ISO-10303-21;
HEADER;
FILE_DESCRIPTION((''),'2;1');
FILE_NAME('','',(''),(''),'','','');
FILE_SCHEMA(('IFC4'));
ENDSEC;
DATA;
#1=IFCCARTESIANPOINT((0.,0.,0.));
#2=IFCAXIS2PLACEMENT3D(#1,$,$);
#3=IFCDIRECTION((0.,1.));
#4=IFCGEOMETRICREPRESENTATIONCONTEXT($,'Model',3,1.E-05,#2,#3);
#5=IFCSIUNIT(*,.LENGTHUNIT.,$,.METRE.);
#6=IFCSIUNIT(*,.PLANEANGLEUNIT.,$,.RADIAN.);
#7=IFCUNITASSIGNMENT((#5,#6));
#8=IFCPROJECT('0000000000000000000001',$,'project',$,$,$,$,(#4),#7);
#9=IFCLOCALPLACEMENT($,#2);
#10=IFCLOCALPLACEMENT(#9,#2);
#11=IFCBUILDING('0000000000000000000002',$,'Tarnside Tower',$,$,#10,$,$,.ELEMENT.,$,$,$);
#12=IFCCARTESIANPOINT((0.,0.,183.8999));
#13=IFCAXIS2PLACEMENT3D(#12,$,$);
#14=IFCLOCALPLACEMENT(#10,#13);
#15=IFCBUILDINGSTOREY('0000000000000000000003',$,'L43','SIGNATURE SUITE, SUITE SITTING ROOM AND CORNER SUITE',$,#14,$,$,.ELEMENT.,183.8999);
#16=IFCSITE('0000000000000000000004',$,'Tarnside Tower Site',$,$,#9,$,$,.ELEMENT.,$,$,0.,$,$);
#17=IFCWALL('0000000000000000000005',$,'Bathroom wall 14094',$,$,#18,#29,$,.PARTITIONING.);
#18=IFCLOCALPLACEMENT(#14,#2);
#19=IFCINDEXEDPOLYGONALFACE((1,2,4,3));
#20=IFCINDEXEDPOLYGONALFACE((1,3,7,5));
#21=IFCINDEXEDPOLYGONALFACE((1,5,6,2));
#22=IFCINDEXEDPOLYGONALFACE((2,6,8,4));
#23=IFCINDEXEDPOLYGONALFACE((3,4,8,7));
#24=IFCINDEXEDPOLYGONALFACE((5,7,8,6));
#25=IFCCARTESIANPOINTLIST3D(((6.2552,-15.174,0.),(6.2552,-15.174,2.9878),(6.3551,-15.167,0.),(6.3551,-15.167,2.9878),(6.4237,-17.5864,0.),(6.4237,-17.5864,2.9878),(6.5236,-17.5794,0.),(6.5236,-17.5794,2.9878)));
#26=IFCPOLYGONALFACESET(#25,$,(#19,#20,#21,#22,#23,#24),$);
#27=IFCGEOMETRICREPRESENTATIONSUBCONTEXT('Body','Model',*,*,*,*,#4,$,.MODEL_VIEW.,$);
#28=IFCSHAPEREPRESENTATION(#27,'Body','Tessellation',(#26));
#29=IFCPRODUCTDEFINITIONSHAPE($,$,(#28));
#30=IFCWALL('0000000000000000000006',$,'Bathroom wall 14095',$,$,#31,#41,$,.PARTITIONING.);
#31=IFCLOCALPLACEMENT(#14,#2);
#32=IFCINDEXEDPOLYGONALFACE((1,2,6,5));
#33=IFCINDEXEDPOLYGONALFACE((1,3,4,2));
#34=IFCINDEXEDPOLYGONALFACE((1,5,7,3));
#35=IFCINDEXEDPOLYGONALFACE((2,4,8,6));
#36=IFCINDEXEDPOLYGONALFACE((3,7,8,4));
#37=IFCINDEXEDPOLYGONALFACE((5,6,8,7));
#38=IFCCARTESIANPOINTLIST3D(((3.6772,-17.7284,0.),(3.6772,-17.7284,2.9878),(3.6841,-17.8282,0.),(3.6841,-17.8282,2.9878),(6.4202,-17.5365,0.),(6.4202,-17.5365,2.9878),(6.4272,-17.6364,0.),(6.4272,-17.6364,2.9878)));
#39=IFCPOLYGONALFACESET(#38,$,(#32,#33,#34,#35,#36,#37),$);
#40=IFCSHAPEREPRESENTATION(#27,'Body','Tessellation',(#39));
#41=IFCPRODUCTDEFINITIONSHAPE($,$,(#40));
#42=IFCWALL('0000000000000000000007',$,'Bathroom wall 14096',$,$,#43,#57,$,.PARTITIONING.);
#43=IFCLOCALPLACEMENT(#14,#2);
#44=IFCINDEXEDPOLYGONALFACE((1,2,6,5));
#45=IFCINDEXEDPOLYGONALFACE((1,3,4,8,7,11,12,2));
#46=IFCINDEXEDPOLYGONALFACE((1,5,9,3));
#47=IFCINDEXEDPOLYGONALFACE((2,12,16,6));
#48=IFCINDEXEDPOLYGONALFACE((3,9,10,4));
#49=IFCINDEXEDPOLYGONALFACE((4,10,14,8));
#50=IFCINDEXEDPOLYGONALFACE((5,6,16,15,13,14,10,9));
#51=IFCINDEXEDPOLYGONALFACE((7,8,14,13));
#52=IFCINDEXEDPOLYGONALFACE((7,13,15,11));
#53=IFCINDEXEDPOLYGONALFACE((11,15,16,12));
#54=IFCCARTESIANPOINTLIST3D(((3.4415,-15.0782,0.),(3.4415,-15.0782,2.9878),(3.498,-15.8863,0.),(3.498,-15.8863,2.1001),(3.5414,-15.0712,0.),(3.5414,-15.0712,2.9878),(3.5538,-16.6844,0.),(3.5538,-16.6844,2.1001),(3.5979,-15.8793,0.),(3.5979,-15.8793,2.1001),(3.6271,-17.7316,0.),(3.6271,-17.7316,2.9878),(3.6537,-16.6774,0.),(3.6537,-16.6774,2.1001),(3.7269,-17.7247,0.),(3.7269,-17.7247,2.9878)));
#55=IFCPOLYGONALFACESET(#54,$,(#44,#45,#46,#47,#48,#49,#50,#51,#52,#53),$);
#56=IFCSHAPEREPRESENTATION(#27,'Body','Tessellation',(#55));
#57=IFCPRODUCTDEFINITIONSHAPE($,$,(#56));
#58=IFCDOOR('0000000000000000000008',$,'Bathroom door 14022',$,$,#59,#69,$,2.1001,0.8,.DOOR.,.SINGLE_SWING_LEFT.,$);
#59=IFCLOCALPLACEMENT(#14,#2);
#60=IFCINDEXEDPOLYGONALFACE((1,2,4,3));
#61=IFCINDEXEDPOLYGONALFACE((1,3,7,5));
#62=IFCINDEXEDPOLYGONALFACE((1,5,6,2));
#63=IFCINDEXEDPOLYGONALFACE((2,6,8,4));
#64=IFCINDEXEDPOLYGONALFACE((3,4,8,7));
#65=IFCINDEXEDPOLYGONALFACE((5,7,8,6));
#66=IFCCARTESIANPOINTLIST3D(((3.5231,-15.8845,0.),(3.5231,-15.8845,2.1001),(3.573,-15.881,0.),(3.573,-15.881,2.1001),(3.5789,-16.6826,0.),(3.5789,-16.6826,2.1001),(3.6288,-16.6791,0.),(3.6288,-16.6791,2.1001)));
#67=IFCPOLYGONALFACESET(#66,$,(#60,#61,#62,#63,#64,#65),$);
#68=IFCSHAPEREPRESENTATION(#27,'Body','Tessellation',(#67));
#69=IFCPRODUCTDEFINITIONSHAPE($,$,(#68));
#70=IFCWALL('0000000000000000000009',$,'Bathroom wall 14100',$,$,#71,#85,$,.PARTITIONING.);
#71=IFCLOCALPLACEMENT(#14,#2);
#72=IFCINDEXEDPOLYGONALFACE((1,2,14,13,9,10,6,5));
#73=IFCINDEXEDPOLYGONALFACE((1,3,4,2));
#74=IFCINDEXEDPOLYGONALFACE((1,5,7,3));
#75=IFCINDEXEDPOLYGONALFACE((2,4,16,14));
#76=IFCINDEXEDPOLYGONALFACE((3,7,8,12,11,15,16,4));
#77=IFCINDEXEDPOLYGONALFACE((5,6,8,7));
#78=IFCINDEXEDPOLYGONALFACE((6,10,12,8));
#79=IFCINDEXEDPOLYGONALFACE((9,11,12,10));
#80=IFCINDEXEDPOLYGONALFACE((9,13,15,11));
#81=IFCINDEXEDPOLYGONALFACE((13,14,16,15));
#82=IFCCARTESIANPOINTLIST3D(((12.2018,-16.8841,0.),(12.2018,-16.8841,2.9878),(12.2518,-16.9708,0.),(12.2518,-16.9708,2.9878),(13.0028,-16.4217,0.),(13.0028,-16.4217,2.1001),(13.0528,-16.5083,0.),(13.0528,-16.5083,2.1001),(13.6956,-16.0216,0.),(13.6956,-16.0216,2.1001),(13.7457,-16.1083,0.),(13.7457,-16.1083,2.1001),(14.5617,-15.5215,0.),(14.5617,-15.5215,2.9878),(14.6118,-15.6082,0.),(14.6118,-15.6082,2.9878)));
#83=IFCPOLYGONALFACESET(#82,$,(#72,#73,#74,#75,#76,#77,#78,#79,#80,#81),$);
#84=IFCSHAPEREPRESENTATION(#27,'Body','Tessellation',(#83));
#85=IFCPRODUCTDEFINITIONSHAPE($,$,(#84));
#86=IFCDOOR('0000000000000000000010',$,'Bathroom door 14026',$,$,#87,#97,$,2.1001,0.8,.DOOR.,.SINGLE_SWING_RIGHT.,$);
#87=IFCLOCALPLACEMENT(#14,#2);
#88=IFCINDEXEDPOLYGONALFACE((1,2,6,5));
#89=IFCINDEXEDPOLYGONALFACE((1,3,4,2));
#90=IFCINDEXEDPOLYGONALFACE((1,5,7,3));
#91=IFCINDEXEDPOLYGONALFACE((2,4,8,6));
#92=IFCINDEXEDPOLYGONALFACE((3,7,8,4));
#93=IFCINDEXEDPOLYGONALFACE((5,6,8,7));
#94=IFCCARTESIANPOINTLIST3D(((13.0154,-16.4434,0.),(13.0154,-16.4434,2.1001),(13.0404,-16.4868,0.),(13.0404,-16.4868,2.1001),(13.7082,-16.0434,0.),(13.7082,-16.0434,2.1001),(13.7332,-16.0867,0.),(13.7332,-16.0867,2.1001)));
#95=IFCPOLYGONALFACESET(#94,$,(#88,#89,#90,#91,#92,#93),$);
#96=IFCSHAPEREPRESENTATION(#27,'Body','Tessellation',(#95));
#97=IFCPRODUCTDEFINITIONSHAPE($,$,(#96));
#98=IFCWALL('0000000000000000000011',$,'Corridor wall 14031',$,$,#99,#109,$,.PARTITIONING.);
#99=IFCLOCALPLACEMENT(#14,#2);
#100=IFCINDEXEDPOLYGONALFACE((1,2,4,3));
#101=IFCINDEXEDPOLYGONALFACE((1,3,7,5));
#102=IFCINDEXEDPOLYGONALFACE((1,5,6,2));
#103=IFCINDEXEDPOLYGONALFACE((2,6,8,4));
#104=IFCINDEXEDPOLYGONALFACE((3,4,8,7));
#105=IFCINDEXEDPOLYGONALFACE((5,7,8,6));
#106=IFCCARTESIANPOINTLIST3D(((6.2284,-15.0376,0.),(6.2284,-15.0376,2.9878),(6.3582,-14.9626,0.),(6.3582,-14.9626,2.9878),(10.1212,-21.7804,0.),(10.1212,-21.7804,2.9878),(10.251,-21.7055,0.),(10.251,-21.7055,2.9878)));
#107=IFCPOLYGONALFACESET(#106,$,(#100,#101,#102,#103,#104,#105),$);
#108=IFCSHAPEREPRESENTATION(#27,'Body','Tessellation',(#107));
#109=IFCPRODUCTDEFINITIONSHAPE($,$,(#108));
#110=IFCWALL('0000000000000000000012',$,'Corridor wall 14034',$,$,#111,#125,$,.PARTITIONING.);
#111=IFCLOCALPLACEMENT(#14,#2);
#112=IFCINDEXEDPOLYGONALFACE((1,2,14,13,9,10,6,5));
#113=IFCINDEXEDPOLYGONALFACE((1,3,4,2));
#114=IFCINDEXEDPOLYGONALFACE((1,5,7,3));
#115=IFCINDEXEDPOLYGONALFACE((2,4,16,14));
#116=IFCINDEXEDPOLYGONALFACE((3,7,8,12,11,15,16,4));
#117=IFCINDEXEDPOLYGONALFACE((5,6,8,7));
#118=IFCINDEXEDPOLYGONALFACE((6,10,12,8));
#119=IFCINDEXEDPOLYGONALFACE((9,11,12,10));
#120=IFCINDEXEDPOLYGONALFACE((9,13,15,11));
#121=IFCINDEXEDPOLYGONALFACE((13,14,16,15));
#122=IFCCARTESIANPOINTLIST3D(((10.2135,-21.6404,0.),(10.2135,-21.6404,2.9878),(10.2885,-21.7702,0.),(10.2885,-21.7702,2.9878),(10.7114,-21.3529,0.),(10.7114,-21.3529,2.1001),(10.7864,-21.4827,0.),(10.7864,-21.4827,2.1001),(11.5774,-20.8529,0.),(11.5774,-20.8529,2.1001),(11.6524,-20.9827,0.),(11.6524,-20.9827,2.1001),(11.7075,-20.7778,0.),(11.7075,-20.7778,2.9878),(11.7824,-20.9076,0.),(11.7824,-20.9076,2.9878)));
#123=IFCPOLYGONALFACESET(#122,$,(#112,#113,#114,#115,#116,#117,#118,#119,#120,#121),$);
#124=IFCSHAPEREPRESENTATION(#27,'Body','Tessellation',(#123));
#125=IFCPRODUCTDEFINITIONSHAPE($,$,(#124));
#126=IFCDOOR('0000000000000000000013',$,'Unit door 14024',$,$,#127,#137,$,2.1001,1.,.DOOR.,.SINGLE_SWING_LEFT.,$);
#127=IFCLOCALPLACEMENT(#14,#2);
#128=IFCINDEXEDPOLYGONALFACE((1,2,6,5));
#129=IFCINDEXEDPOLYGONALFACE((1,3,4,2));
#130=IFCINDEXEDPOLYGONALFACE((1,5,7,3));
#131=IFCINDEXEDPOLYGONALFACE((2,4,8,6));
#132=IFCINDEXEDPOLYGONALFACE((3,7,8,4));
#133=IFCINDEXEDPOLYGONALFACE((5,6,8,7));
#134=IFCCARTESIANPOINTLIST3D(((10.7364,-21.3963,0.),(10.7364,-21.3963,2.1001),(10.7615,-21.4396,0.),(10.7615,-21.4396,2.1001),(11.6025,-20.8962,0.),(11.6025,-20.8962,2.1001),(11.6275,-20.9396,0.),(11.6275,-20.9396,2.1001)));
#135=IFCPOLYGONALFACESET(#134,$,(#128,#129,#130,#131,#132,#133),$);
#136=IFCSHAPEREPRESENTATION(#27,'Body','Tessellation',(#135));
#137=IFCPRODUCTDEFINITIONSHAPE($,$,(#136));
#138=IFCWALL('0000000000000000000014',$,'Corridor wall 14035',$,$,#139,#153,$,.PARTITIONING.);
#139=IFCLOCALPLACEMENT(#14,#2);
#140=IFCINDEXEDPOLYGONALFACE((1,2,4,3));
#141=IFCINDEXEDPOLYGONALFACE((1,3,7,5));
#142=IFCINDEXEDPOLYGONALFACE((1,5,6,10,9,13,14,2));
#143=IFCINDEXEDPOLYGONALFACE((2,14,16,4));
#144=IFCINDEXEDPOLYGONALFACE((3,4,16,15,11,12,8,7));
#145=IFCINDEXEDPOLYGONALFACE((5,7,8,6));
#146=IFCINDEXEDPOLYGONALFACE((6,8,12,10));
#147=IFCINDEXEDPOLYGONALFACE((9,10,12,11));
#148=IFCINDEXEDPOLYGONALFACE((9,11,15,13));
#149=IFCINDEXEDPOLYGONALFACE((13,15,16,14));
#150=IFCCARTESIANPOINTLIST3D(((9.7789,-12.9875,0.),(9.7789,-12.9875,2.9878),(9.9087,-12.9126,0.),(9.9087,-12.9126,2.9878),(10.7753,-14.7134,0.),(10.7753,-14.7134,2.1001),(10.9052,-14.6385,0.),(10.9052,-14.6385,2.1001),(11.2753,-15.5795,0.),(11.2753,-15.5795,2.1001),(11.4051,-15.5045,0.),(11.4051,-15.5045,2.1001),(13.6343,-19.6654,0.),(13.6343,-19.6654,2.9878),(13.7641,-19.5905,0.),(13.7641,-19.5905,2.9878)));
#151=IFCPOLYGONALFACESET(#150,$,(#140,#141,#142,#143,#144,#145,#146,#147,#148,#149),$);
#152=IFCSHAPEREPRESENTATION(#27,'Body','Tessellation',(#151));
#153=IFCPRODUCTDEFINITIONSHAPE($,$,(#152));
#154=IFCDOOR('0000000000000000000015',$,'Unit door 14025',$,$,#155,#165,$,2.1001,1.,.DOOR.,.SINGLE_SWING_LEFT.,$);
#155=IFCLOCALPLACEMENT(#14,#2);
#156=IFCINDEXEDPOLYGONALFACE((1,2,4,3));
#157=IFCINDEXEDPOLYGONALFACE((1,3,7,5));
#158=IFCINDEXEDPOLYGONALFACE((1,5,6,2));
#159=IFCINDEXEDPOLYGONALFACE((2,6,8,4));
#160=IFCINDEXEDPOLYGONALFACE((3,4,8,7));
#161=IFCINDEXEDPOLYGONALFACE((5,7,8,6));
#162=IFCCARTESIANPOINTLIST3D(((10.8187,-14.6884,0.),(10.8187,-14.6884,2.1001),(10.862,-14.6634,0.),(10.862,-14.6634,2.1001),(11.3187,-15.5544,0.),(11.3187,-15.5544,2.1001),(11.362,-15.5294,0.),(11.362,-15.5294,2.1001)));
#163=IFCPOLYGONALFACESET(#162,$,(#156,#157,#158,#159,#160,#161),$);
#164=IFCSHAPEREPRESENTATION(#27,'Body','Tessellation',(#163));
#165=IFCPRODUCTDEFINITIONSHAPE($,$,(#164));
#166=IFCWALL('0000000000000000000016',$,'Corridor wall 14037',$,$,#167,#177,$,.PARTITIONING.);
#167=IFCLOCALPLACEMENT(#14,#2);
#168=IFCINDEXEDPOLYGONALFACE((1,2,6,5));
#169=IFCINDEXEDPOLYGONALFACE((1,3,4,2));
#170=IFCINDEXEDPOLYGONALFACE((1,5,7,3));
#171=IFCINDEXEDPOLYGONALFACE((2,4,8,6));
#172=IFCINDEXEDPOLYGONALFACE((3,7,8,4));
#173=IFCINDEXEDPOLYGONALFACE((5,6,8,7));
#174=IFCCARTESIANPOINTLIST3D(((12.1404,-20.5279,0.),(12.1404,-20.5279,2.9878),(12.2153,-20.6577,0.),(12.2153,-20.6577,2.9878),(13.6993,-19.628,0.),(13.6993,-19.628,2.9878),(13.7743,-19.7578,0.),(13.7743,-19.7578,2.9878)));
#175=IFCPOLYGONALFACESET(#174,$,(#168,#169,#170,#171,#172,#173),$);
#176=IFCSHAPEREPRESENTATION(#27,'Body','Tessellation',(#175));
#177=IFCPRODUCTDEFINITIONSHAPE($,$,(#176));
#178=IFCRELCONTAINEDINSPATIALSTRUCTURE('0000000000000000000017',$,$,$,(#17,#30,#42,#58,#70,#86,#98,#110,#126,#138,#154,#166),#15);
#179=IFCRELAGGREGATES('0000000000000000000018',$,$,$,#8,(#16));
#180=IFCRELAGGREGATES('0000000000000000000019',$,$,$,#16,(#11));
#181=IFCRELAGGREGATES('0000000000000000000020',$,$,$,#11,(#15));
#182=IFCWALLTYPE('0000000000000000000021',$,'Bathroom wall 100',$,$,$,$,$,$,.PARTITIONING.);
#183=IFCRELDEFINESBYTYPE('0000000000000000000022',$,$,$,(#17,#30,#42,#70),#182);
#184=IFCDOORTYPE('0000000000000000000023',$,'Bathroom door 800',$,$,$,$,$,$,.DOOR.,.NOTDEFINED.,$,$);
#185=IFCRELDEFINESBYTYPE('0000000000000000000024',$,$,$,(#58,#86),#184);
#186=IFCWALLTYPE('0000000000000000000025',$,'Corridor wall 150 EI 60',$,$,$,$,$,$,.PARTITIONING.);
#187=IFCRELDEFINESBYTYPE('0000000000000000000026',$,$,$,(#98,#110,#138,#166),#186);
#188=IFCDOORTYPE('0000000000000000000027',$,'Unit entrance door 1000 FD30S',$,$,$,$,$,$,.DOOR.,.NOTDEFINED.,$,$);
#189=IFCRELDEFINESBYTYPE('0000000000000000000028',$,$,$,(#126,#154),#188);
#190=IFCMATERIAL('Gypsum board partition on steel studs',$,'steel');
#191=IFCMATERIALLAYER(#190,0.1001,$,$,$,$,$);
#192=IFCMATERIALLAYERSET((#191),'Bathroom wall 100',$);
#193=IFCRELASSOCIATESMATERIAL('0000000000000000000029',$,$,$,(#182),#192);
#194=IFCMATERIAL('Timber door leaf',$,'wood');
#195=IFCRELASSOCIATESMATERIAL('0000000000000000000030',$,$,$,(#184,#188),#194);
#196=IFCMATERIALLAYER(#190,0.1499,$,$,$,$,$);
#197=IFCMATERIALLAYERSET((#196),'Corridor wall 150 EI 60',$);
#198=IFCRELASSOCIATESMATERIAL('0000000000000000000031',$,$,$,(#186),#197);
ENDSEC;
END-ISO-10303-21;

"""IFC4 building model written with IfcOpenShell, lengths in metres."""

from ifc_helpers import new_model, si_unit, direction, frame, frame_2d, origin, place, context, subcontext, project, spatial, rectangle, extrude, material, layer, layer_set, type_object, element, fill, save


model = new_model("IFC4")

# Units and contexts
model_context = context("Model", 3, precision=1e-05, world=origin(), true_north=direction((0.0, 1.0)))
body_context = subcontext(model_context, "Body", "Model", "MODEL_VIEW")
ifc_project = project(units=[si_unit("LENGTHUNIT", "METRE"), si_unit("PLANEANGLEUNIT", "RADIAN")], contexts=[model_context])

# Site, building, storey
site_placement = place(None, origin())
site = spatial("IfcSite", under=ifc_project, at=site_placement, Name="Tarnside Tower Site", CompositionType="ELEMENT", RefElevation=0.0)
building_placement = place(site_placement, origin())
building = spatial("IfcBuilding", under=site, at=building_placement, Name="Tarnside Tower", CompositionType="ELEMENT")
storey_placement = place(building_placement, frame((0.0, 0.0, 183.8999)))
storey = spatial("IfcBuildingStorey", under=building, at=storey_placement, Name="L43", Description="SIGNATURE SUITE, SUITE SITTING ROOM AND CORNER SUITE", CompositionType="ELEMENT", Elevation=183.8999)

# Walls
ifc_material_1 = material(Name="Gypsum board partition on steel studs", Category="steel")
ifc_layer_1 = layer(ifc_material_1, 0.1001)
ifc_layer_set_1 = layer_set([ifc_layer_1], Name="Bathroom wall 100")
wall_type_1 = type_object("IfcWallType", Name="Bathroom wall 100", PredefinedType="PARTITIONING", material=ifc_layer_set_1)
wall_1_placement = place(storey_placement, frame((6.3052, -15.1707, 0.0), z_axis=(0.0, 0.0, 1.0), x_axis=(0.069661, -0.997571, 0.0)))
element("IfcWall", 1, at=wall_1_placement, inside=storey, type_object=wall_type_1, Name="Bathroom wall 14094", PredefinedType="PARTITIONING", context=body_context, shape_type="SweptSolid", body=[
    extrude(rectangle(XDim=2.4182, YDim=0.1001, at=frame_2d((1.209, 0.0))), origin(), (0.0, 0.0, 1.0), 2.9878),
])
wall_2_placement = place(storey_placement, frame((6.4238, -17.5864, 0.0), z_axis=(0.0, 0.0, 1.0), x_axis=(-0.997562, -0.069783, 0.0)))
element("IfcWall", 2, at=wall_2_placement, inside=storey, type_object=wall_type_1, Name="Bathroom wall 14095", PredefinedType="PARTITIONING", context=body_context, shape_type="SweptSolid", body=[
    extrude(rectangle(XDim=2.7498, YDim=0.1001, at=frame_2d((1.375, 0.0))), origin(), (0.0, 0.0, 1.0), 2.9878),
])

# Walls, openings, doors
wall_3_placement = place(storey_placement, frame((3.677, -17.7283, 0.0), z_axis=(0.0, 0.0, 1.0), x_axis=(-0.06976, 0.997564, 0.0)))
wall_3 = element("IfcWall", 3, at=wall_3_placement, inside=storey, type_object=wall_type_1, Name="Bathroom wall 14096", PredefinedType="PARTITIONING", context=body_context, shape_type="SweptSolid", body=[
    extrude(rectangle(XDim=2.6599, YDim=0.1001, at=frame_2d((1.3301, 0.0))), origin(), (0.0, 0.0, 1.0), 2.9878),
])
opening_1_placement = place(wall_3_placement, frame((1.05, 0.0, 0.0)))
opening_1 = element("IfcOpeningElement", 4, at=opening_1_placement, cuts=wall_3, PredefinedType="OPENING", context=body_context, shape_type="SweptSolid", body=[
    extrude(rectangle(XDim=0.8, YDim=2.1001, at=frame_2d((0.3999, 1.05))), frame((0.0, 0.0601, 0.0), z_axis=(0.0, -1.0, 0.0), x_axis=(1.0, 0.0, 0.0)), (0.0, 0.0, 1.0), 0.1201),
])
ifc_material_2 = material(Name="Timber door leaf", Category="wood")
door_type_1 = type_object("IfcDoorType", Name="Bathroom door 800", OperationType="NOTDEFINED", PredefinedType="DOOR", material=ifc_material_2)
door_1_placement = place(opening_1_placement, origin())
door_1 = element("IfcDoor", 5, at=door_1_placement, inside=storey, type_object=door_type_1, Name="Bathroom door 14022", OperationType="SINGLE_SWING_LEFT", OverallHeight=2.1001, OverallWidth=0.8, PredefinedType="DOOR", context=body_context, shape_type="SweptSolid", body=[
    extrude(rectangle(XDim=0.8, YDim=2.1001, at=frame_2d((0.3999, 1.05))), frame((0.0, 0.0249, 0.0), z_axis=(0.0, -1.0, 0.0), x_axis=(1.0, 0.0, 0.0)), (0.0, 0.0, 1.0), 0.05),
])
fill(opening_1, door_1)
wall_4_placement = place(storey_placement, frame((12.2268, -16.9275, 0.0), z_axis=(0.0, 0.0, 1.0), x_axis=(0.866013, 0.500022, 0.0)))
wall_4 = element("IfcWall", 6, at=wall_4_placement, inside=storey, type_object=wall_type_1, Name="Bathroom wall 14100", PredefinedType="PARTITIONING", context=body_context, shape_type="SweptSolid", body=[
    extrude(rectangle(XDim=2.7251, YDim=0.1001, at=frame_2d((1.3625, 0.0))), origin(), (0.0, 0.0, 1.0), 2.9878),
])
opening_2_placement = place(wall_4_placement, frame((0.925, 0.0, 0.0)))
opening_2 = element("IfcOpeningElement", 7, at=opening_2_placement, cuts=wall_4, PredefinedType="OPENING", context=body_context, shape_type="SweptSolid", body=[
    extrude(rectangle(XDim=0.8, YDim=2.1001, at=frame_2d((0.3999, 1.05))), frame((0.0, 0.0601, 0.0), z_axis=(0.0, -1.0, 0.0), x_axis=(1.0, 0.0, 0.0)), (0.0, 0.0, 1.0), 0.1201),
])
door_2_placement = place(opening_2_placement, origin())
door_2 = element("IfcDoor", 8, at=door_2_placement, inside=storey, type_object=door_type_1, Name="Bathroom door 14026", OperationType="SINGLE_SWING_RIGHT", OverallHeight=2.1001, OverallWidth=0.8, PredefinedType="DOOR", context=body_context, shape_type="SweptSolid", body=[
    extrude(rectangle(XDim=0.8, YDim=2.1001, at=frame_2d((0.3999, 1.05))), frame((0.0, 0.0249, 0.0), z_axis=(0.0, -1.0, 0.0), x_axis=(1.0, 0.0, 0.0)), (0.0, 0.0, 1.0), 0.05),
])
fill(opening_2, door_2)

# Wall
ifc_layer_2 = layer(ifc_material_1, 0.1499)
ifc_layer_set_2 = layer_set([ifc_layer_2], Name="Corridor wall 150 EI 60")
wall_type_2 = type_object("IfcWallType", Name="Corridor wall 150 EI 60", PredefinedType="PARTITIONING", material=ifc_layer_set_2)
wall_5_placement = place(storey_placement, frame((6.2932, -15.0, 0.0), z_axis=(0.0, 0.0, 1.0), x_axis=(0.49998, -0.866037, 0.0)))
element("IfcWall", 9, at=wall_5_placement, inside=storey, type_object=wall_type_2, Name="Corridor wall 14031", PredefinedType="PARTITIONING", context=body_context, shape_type="SweptSolid", body=[
    extrude(rectangle(XDim=7.7859, YDim=0.1499, at=frame_2d((3.8931, 0.0))), origin(), (0.0, 0.0, 1.0), 2.9878),
])

# Walls, openings, doors
wall_6_placement = place(storey_placement, frame((10.251, -21.7053, 0.0), z_axis=(0.0, 0.0, 1.0), x_axis=(0.866014, 0.500021, 0.0)))
wall_6 = element("IfcWall", 10, at=wall_6_placement, inside=storey, type_object=wall_type_2, Name="Corridor wall 14034", PredefinedType="PARTITIONING", context=body_context, shape_type="SweptSolid", body=[
    extrude(rectangle(XDim=1.7251, YDim=0.1499, at=frame_2d((0.8625, 0.0))), origin(), (0.0, 0.0, 1.0), 2.9878),
])
opening_3_placement = place(wall_6_placement, frame((0.575, 0.0, 0.0)))
opening_3 = element("IfcOpeningElement", 11, at=opening_3_placement, cuts=wall_6, PredefinedType="OPENING", context=body_context, shape_type="SweptSolid", body=[
    extrude(rectangle(XDim=1.0, YDim=2.1001, at=frame_2d((0.5, 1.05))), frame((0.0, 0.085, 0.0), z_axis=(0.0, -1.0, 0.0), x_axis=(1.0, 0.0, 0.0)), (0.0, 0.0, 1.0), 0.1699),
])
door_type_2 = type_object("IfcDoorType", Name="Unit entrance door 1000 FD30S", OperationType="NOTDEFINED", PredefinedType="DOOR", material=ifc_material_2)
door_3_placement = place(opening_3_placement, origin())
door_3 = element("IfcDoor", 12, at=door_3_placement, inside=storey, type_object=door_type_2, Name="Unit door 14024", OperationType="SINGLE_SWING_LEFT", OverallHeight=2.1001, OverallWidth=1.0, PredefinedType="DOOR", context=body_context, shape_type="SweptSolid", body=[
    extrude(rectangle(XDim=1.0, YDim=2.1001, at=frame_2d((0.5, 1.05))), frame((0.0, 0.0249, 0.0), z_axis=(0.0, -1.0, 0.0), x_axis=(1.0, 0.0, 0.0)), (0.0, 0.0, 1.0), 0.05),
])
fill(opening_3, door_3)
wall_7_placement = place(storey_placement, frame((13.6992, -19.6279, 0.0), z_axis=(0.0, 0.0, 1.0), x_axis=(-0.499994, 0.866029, 0.0)))
wall_7 = element("IfcWall", 13, at=wall_7_placement, inside=storey, type_object=wall_type_2, Name="Corridor wall 14035", PredefinedType="PARTITIONING", context=body_context, shape_type="SweptSolid", body=[
    extrude(rectangle(XDim=7.7109, YDim=0.1499, at=frame_2d((3.8555, 0.0))), origin(), (0.0, 0.0, 1.0), 2.9878),
])
opening_4_placement = place(wall_7_placement, frame((4.718, 0.0, 0.0)))
opening_4 = element("IfcOpeningElement", 14, at=opening_4_placement, cuts=wall_7, PredefinedType="OPENING", context=body_context, shape_type="SweptSolid", body=[
    extrude(rectangle(XDim=1.0, YDim=2.1001, at=frame_2d((0.5, 1.05))), frame((0.0, 0.085, 0.0), z_axis=(0.0, -1.0, 0.0), x_axis=(1.0, 0.0, 0.0)), (0.0, 0.0, 1.0), 0.1699),
])
door_4_placement = place(opening_4_placement, origin())
door_4 = element("IfcDoor", 15, at=door_4_placement, inside=storey, type_object=door_type_2, Name="Unit door 14025", OperationType="SINGLE_SWING_LEFT", OverallHeight=2.1001, OverallWidth=1.0, PredefinedType="DOOR", context=body_context, shape_type="SweptSolid", body=[
    extrude(rectangle(XDim=1.0, YDim=2.1001, at=frame_2d((0.5, 1.05))), frame((0.0, 0.0249, 0.0), z_axis=(0.0, -1.0, 0.0), x_axis=(1.0, 0.0, 0.0)), (0.0, 0.0, 1.0), 0.05),
])
fill(opening_4, door_4)

# Wall
wall_8_placement = place(storey_placement, frame((12.178, -20.5928, 0.0), z_axis=(0.0, 0.0, 1.0), x_axis=(0.866048, 0.499961, 0.0)))
element("IfcWall", 16, at=wall_8_placement, inside=storey, type_object=wall_type_2, Name="Corridor wall 14037", PredefinedType="PARTITIONING", context=body_context, shape_type="SweptSolid", body=[
    extrude(rectangle(XDim=1.8, YDim=0.1499, at=frame_2d((0.8999, 0.0))), origin(), (0.0, 0.0, 1.0), 2.9878),
])

save(model, "model.ifc")
